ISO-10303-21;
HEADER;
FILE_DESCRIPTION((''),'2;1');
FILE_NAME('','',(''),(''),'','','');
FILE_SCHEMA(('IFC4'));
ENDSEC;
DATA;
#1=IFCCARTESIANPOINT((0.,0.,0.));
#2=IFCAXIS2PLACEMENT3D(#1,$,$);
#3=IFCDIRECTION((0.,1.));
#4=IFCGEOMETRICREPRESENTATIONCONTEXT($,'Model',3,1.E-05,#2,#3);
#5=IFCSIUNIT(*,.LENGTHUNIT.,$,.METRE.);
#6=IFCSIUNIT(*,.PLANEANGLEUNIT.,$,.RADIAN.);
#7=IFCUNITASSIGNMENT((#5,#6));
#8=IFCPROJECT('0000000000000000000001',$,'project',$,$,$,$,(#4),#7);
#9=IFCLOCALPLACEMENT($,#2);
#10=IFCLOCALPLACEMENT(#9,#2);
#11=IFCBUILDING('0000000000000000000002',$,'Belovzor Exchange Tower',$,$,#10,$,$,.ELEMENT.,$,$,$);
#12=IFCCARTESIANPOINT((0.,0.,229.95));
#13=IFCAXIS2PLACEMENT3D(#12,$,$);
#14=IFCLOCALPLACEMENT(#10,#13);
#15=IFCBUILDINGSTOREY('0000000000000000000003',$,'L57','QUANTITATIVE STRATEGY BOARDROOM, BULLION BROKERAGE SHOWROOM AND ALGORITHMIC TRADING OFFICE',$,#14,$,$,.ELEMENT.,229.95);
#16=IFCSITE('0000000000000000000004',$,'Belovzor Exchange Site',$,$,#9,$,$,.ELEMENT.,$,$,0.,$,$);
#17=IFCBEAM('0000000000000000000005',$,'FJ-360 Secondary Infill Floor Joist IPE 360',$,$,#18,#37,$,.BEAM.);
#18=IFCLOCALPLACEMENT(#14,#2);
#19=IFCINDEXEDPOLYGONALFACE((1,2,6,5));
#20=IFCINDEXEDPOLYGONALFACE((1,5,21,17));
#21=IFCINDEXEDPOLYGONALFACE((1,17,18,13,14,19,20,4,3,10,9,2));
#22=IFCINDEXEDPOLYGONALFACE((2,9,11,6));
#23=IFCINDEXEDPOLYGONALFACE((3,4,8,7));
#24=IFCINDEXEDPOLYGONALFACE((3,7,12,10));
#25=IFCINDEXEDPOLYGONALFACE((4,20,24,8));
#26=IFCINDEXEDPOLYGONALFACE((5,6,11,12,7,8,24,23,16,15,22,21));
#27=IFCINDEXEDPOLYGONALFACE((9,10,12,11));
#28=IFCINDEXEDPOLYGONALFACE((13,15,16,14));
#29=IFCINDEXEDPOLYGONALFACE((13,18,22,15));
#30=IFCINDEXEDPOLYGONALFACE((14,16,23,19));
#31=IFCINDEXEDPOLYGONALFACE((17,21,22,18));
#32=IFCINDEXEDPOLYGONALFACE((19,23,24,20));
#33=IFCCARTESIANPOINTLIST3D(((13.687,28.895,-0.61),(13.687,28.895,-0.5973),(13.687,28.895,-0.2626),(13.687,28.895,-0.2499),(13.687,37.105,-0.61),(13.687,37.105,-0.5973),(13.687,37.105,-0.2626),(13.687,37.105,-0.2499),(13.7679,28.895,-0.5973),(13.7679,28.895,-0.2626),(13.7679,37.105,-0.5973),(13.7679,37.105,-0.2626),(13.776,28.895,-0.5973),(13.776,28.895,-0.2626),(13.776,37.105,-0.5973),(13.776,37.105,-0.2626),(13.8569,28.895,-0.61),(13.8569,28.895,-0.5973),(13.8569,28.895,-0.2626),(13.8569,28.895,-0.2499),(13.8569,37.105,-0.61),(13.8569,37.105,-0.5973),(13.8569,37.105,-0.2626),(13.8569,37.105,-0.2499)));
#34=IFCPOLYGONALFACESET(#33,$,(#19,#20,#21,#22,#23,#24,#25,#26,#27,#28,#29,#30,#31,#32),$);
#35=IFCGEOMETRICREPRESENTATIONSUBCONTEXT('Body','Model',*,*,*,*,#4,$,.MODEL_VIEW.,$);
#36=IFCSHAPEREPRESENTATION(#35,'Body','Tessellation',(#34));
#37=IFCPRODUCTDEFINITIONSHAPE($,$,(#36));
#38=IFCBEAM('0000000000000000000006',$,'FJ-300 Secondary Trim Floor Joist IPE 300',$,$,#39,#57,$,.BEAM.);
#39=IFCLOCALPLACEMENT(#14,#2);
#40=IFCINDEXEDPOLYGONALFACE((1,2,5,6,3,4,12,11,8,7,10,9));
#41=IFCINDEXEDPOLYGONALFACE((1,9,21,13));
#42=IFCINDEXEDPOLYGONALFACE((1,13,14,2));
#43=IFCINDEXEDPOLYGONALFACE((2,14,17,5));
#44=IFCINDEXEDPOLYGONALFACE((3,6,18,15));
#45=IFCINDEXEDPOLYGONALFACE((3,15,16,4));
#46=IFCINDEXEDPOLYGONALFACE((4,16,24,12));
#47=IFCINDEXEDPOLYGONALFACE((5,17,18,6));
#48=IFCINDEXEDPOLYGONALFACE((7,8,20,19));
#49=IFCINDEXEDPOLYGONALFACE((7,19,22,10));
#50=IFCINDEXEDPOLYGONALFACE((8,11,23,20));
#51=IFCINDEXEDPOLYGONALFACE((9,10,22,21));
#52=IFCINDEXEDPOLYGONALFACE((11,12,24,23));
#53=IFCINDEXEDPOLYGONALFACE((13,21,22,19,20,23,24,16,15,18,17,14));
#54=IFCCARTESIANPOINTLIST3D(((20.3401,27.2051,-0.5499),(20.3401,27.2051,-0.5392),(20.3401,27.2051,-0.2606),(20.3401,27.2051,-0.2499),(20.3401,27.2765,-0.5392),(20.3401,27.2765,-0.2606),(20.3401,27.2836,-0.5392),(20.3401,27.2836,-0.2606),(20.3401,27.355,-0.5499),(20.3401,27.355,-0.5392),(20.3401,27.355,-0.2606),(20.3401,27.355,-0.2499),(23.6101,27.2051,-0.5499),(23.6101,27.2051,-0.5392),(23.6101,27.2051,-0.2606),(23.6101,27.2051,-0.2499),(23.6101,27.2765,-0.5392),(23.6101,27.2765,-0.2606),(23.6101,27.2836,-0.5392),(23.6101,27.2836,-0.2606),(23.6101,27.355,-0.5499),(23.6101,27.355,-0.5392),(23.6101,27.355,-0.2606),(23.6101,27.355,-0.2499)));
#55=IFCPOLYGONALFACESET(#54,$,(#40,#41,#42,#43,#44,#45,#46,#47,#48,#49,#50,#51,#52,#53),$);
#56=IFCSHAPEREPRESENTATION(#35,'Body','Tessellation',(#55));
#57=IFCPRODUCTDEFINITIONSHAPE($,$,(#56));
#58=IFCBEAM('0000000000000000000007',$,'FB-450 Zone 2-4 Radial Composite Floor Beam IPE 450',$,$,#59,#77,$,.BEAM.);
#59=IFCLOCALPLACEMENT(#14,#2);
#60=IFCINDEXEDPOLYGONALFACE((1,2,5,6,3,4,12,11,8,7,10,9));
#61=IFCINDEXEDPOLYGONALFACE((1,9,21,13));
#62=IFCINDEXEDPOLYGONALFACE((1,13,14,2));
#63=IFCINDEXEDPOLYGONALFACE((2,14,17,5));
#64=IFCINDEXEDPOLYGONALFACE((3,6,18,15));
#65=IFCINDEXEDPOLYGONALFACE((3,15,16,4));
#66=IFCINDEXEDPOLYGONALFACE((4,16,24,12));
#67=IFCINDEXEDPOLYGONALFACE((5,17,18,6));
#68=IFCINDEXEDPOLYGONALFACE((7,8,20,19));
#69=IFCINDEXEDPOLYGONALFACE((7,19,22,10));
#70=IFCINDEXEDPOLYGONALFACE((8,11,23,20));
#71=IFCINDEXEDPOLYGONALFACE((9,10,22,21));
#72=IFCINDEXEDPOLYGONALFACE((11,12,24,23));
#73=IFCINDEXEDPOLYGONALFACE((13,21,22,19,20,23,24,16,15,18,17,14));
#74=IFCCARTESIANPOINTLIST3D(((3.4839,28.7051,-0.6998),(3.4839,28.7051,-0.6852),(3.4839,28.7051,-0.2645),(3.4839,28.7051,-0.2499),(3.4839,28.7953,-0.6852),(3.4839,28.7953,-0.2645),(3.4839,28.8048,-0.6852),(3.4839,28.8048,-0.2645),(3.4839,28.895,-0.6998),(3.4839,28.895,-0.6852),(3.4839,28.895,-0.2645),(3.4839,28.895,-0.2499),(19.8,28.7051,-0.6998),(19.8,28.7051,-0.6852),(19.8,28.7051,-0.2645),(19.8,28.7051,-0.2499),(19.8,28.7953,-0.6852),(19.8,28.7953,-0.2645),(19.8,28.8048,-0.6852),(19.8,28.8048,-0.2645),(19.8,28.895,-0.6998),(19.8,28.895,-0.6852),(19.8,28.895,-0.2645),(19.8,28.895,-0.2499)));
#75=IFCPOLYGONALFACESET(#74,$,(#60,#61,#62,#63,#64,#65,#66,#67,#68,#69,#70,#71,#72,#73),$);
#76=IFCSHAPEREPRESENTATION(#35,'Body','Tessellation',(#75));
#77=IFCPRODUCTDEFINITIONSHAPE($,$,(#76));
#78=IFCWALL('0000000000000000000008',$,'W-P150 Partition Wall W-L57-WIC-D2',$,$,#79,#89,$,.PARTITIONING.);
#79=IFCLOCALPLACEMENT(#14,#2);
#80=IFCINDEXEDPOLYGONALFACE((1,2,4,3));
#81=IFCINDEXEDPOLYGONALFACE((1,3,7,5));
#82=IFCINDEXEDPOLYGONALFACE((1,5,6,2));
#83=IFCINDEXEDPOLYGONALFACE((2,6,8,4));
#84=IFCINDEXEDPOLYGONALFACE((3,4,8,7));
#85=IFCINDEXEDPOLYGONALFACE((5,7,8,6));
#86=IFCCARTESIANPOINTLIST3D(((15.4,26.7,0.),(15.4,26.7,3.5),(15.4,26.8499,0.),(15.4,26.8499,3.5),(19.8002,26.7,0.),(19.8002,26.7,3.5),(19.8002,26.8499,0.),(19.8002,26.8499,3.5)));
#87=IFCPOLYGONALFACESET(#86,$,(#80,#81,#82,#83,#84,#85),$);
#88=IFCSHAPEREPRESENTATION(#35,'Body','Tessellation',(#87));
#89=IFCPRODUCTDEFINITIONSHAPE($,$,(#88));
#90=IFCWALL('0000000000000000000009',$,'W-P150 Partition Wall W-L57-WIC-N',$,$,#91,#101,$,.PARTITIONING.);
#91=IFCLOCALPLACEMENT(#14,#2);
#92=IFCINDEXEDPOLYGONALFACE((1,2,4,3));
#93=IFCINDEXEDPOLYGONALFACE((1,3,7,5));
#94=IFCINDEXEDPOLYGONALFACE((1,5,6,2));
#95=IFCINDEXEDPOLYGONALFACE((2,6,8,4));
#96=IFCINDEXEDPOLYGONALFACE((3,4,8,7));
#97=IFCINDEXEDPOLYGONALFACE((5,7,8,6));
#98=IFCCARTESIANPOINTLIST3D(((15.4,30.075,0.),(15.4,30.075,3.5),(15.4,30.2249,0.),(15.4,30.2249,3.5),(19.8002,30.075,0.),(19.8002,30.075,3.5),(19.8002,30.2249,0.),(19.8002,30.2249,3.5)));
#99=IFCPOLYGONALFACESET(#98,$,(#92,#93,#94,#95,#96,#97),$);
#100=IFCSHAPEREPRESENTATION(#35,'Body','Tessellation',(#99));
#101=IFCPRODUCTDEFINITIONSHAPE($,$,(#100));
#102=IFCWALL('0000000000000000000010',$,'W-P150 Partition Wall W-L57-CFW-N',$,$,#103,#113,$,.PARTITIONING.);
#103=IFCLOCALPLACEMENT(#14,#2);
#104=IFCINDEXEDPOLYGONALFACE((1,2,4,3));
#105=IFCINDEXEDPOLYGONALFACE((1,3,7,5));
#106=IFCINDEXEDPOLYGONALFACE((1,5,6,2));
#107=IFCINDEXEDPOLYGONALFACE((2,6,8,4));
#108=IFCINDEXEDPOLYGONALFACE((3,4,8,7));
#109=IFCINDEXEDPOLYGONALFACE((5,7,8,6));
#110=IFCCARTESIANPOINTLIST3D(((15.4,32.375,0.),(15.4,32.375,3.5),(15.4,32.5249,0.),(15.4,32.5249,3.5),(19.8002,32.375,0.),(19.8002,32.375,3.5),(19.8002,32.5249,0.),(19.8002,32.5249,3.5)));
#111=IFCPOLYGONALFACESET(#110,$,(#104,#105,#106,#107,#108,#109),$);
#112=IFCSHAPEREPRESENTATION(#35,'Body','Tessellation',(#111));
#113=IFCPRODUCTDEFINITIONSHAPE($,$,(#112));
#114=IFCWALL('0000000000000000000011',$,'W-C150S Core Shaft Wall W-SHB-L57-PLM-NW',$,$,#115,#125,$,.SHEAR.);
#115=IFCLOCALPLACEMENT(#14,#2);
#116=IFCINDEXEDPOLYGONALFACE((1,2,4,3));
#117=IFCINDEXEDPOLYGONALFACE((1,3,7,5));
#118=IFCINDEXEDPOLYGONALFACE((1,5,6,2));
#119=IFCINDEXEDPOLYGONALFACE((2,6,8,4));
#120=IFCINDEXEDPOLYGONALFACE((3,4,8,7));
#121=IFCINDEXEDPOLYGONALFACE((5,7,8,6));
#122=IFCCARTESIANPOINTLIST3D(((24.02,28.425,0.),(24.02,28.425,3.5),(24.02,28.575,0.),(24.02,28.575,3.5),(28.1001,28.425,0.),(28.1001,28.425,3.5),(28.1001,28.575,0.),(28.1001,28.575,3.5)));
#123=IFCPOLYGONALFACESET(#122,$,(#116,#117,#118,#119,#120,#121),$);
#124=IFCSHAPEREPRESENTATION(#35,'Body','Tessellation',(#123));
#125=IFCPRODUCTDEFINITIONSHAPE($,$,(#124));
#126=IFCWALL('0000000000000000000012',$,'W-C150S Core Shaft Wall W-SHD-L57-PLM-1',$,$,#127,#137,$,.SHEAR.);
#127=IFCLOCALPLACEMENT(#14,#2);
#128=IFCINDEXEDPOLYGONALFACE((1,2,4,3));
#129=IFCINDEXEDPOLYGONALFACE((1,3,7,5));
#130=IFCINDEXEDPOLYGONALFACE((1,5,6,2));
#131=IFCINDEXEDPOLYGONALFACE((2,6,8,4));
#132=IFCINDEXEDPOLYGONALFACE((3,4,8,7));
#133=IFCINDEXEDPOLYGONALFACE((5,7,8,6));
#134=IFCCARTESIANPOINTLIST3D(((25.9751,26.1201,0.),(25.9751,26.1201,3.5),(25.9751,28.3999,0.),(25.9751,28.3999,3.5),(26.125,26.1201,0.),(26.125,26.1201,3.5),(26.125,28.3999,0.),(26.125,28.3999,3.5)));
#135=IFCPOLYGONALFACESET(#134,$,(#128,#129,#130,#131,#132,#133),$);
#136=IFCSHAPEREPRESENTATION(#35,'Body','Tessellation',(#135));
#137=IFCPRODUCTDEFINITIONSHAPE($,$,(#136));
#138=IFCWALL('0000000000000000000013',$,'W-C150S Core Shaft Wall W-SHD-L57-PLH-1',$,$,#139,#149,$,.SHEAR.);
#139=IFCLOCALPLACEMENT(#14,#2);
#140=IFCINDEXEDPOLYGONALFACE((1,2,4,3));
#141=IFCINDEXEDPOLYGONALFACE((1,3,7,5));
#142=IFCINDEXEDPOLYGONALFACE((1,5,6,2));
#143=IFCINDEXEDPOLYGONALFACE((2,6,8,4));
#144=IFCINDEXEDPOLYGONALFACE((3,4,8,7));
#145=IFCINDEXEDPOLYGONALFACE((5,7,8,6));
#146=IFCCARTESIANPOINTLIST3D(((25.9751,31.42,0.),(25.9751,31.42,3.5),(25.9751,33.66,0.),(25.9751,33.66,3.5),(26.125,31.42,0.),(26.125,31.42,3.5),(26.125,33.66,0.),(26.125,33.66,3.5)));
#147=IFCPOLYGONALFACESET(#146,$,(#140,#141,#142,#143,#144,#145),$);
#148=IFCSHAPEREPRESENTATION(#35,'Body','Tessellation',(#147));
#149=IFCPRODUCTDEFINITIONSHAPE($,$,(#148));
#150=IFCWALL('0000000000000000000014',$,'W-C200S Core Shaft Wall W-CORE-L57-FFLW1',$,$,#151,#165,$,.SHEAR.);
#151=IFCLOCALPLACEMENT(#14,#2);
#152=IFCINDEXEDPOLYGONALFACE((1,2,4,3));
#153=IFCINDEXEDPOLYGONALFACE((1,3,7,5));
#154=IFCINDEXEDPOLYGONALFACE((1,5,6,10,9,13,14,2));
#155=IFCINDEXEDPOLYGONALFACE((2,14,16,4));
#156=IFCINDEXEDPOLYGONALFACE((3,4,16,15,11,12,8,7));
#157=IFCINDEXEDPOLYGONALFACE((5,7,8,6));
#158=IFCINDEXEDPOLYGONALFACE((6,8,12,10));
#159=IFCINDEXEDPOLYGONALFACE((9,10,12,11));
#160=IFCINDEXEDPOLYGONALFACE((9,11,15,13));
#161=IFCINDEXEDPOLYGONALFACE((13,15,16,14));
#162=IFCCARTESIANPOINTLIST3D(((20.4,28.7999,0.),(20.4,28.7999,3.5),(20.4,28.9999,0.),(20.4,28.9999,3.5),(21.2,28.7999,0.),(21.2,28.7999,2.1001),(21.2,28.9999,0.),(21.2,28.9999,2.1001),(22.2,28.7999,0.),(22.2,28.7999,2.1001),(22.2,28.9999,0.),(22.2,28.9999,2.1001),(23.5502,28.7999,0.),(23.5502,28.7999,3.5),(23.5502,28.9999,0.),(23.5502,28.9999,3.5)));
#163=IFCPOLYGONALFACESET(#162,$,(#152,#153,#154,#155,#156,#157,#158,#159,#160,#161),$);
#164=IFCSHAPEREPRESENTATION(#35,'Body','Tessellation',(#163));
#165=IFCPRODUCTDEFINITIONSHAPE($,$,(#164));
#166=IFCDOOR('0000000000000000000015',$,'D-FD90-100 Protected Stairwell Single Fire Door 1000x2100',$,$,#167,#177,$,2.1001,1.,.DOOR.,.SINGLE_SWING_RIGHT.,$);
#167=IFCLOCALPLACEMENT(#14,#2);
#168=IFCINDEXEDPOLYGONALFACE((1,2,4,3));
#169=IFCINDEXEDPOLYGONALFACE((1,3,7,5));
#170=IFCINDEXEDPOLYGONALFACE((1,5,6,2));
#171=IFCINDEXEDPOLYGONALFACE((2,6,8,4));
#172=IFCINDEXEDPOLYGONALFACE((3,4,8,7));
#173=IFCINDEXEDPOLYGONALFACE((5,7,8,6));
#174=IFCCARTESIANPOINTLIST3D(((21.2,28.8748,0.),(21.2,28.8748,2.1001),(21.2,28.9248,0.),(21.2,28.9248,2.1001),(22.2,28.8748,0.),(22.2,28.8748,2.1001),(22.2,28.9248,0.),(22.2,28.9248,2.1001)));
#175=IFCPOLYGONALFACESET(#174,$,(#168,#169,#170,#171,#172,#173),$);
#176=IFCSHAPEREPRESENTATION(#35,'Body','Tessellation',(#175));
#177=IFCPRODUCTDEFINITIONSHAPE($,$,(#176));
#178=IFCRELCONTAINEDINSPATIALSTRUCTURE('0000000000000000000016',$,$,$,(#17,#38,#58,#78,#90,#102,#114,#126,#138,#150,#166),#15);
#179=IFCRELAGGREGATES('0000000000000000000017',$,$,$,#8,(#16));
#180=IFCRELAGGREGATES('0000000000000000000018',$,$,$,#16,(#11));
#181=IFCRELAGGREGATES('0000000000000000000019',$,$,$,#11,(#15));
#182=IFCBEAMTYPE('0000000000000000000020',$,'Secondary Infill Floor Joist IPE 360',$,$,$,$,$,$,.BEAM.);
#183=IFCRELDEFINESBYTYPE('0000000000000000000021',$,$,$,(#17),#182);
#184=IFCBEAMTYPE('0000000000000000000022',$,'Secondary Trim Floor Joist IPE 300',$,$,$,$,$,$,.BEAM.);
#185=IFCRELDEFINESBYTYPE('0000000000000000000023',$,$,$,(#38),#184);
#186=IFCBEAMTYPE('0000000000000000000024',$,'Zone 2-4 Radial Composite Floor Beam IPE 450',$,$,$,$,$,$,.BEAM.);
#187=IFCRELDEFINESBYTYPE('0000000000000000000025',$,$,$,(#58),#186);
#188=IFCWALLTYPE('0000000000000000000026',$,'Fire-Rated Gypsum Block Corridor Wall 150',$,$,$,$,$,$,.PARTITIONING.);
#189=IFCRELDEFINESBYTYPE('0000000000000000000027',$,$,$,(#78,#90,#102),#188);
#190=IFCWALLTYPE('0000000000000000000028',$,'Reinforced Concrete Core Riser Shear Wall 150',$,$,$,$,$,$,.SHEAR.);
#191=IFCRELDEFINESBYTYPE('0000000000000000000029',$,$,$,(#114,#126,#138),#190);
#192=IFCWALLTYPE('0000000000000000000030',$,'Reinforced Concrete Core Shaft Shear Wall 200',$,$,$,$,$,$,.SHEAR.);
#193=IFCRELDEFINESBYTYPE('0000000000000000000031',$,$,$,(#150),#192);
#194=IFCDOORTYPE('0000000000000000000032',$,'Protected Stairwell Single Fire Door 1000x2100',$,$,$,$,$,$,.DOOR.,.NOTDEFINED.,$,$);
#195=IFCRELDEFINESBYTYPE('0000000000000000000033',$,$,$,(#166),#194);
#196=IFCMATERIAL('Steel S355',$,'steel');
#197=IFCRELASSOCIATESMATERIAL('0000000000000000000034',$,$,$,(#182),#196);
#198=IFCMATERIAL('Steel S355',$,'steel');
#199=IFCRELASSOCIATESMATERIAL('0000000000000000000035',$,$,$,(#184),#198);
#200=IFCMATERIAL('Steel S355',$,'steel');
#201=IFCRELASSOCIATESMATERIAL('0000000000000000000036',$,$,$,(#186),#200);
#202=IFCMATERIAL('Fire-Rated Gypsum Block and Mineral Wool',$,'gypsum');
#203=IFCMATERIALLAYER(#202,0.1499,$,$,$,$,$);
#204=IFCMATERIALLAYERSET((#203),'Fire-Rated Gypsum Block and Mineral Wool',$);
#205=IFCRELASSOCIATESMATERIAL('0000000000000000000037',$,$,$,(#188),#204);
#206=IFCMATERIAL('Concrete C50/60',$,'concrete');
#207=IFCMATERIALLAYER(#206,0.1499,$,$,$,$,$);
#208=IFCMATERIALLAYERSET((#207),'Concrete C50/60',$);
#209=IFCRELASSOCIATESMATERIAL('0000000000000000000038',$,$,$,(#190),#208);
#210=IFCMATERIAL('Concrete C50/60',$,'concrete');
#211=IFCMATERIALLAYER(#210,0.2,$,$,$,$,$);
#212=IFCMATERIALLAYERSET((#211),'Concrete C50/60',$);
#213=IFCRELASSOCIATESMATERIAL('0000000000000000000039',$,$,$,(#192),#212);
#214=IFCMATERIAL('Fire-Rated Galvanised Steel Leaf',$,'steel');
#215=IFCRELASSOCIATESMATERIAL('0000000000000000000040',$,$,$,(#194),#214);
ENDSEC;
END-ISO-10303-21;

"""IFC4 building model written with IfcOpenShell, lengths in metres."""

from ifc_helpers import new_model, si_unit, direction, frame, frame_2d, origin, origin_2d, place, context, subcontext, project, spatial, rectangle, i_section, extrude, material, layer, layer_set, material_profile, profile_set, type_object, element, fill, save


model = new_model("IFC4")

# Units and contexts
model_context = context("Model", 3, precision=1e-05, world=origin(), true_north=direction((0.0, 1.0)))
body_context = subcontext(model_context, "Body", "Model", "MODEL_VIEW")
ifc_project = project(units=[si_unit("LENGTHUNIT", "METRE"), si_unit("PLANEANGLEUNIT", "RADIAN")], contexts=[model_context])

# Site, building, storey
site_placement = place(None, origin())
site = spatial("IfcSite", under=ifc_project, at=site_placement, Name="Belovzor Exchange Site", CompositionType="ELEMENT", RefElevation=0.0)
building_placement = place(site_placement, origin())
building = spatial("IfcBuilding", under=site, at=building_placement, Name="Belovzor Exchange Tower", CompositionType="ELEMENT")
storey_placement = place(building_placement, frame((0.0, 0.0, 229.95)))
storey = spatial("IfcBuildingStorey", under=building, at=storey_placement, Name="L57", Description="QUANTITATIVE STRATEGY BOARDROOM, BULLION BROKERAGE SHOWROOM AND ALGORITHMIC TRADING OFFICE", CompositionType="ELEMENT", Elevation=229.95)

# Beams
ifc_material_1 = material(Name="Steel S355", Category="steel")
ifc_material_profile_1 = material_profile(ifc_material_1, i_section(OverallWidth=0.1699, OverallDepth=0.3601, WebThickness=0.0081, FlangeThickness=0.0127, at=origin_2d()))
ifc_profile_set_1 = profile_set([ifc_material_profile_1], Name="Steel S355")
beam_type_1 = type_object("IfcBeamType", Name="Secondary Infill Floor Joist IPE 360", PredefinedType="BEAM", material=ifc_profile_set_1)
beam_1_placement = place(storey_placement, frame((13.772, 28.895, -0.4299), z_axis=(0.0, 1.0, 0.0), x_axis=(-1.0, 0.0, 0.0)))
element("IfcBeam", 1, at=beam_1_placement, inside=storey, type_object=beam_type_1, Name="FJ-360 Secondary Infill Floor Joist IPE 360", PredefinedType="BEAM", context=body_context, shape_type="SweptSolid", body=[
    extrude(i_section(OverallWidth=0.1699, OverallDepth=0.3601, WebThickness=0.0081, FlangeThickness=0.0127, at=origin_2d()), origin(), (0.0, 0.0, 1.0), 8.21),
])
ifc_material_2 = material(Name="Steel S355", Category="steel")
ifc_material_profile_2 = material_profile(ifc_material_2, i_section(OverallWidth=0.1499, OverallDepth=0.3, WebThickness=0.0071, FlangeThickness=0.0107, at=origin_2d()))
ifc_profile_set_2 = profile_set([ifc_material_profile_2], Name="Steel S355")
beam_type_2 = type_object("IfcBeamType", Name="Secondary Trim Floor Joist IPE 300", PredefinedType="BEAM", material=ifc_profile_set_2)
beam_2_placement = place(storey_placement, frame((20.3401, 27.28, -0.3999), z_axis=(1.0, 0.0, 0.0), x_axis=(0.0, 1.0, 0.0)))
element("IfcBeam", 2, at=beam_2_placement, inside=storey, type_object=beam_type_2, Name="FJ-300 Secondary Trim Floor Joist IPE 300", PredefinedType="BEAM", context=body_context, shape_type="SweptSolid", body=[
    extrude(i_section(OverallWidth=0.1499, OverallDepth=0.3, WebThickness=0.0071, FlangeThickness=0.0107, at=origin_2d()), origin(), (0.0, 0.0, 1.0), 3.27),
])
ifc_material_3 = material(Name="Steel S355", Category="steel")
ifc_material_profile_3 = material_profile(ifc_material_3, i_section(OverallWidth=0.1899, OverallDepth=0.45, WebThickness=0.0095, FlangeThickness=0.0146, at=origin_2d()))
ifc_profile_set_3 = profile_set([ifc_material_profile_3], Name="Steel S355")
beam_type_3 = type_object("IfcBeamType", Name="Zone 2-4 Radial Composite Floor Beam IPE 450", PredefinedType="BEAM", material=ifc_profile_set_3)
beam_3_placement = place(storey_placement, frame((19.8, 28.8, -0.4749), z_axis=(-1.0, 0.0, 0.0), x_axis=(0.0, -1.0, 0.0)))
element("IfcBeam", 3, at=beam_3_placement, inside=storey, type_object=beam_type_3, Name="FB-450 Zone 2-4 Radial Composite Floor Beam IPE 450", PredefinedType="BEAM", context=body_context, shape_type="SweptSolid", body=[
    extrude(i_section(OverallWidth=0.1899, OverallDepth=0.45, WebThickness=0.0095, FlangeThickness=0.0146, at=origin_2d()), origin(), (0.0, 0.0, 1.0), 16.3162),
])

# Walls
ifc_material_4 = material(Name="Fire-Rated Gypsum Block and Mineral Wool", Category="gypsum")
ifc_layer_1 = layer(ifc_material_4, 0.1499)
ifc_layer_set_1 = layer_set([ifc_layer_1], Name="Fire-Rated Gypsum Block and Mineral Wool")
wall_type_1 = type_object("IfcWallType", Name="Fire-Rated Gypsum Block Corridor Wall 150", PredefinedType="PARTITIONING", material=ifc_layer_set_1)
for number, where, z_axis, x_axis, name in (
    (4, (15.3999, 26.7749, 0.0), (0.0, 0.0, 1.0), (1.0, 0.0, 0.0), "W-P150 Partition Wall W-L57-WIC-D2"),
    (5, (15.3999, 30.1499, 0.0), (0.0, 0.0, 1.0), (1.0, 0.0, 0.0), "W-P150 Partition Wall W-L57-WIC-N"),
    (6, (15.3999, 32.45, 0.0), (0.0, 0.0, 1.0), (1.0, 0.0, 0.0), "W-P150 Partition Wall W-L57-CFW-N"),
):
    element("IfcWall", number, at=place(storey_placement, frame(where, z_axis=z_axis, x_axis=x_axis)), inside=storey, type_object=wall_type_1, Name=name, PredefinedType="PARTITIONING", context=body_context, shape_type="SweptSolid", body=[
        extrude(rectangle(XDim=4.4001, YDim=0.1499, at=frame_2d((2.2002, 0.0))), origin(), (0.0, 0.0, 1.0), 3.5),
    ])
ifc_material_5 = material(Name="Concrete C50/60", Category="concrete")
ifc_layer_2 = layer(ifc_material_5, 0.1499)
ifc_layer_set_2 = layer_set([ifc_layer_2], Name="Concrete C50/60")
wall_type_2 = type_object("IfcWallType", Name="Reinforced Concrete Core Riser Shear Wall 150", PredefinedType="SHEAR", material=ifc_layer_set_2)
wall_1_placement = place(storey_placement, frame((24.02, 28.5, 0.0), z_axis=(0.0, 0.0, 1.0), x_axis=(1.0, 0.0, 0.0)))
element("IfcWall", 7, at=wall_1_placement, inside=storey, type_object=wall_type_2, Name="W-C150S Core Shaft Wall W-SHB-L57-PLM-NW", PredefinedType="SHEAR", context=body_context, shape_type="SweptSolid", body=[
    extrude(rectangle(XDim=4.0801, YDim=0.1499, at=frame_2d((2.04, 0.0))), origin(), (0.0, 0.0, 1.0), 3.5),
])
wall_2_placement = place(storey_placement, frame((26.05, 26.1201, 0.0), z_axis=(0.0, 0.0, 1.0), x_axis=(0.0, 1.0, 0.0)))
element("IfcWall", 8, at=wall_2_placement, inside=storey, type_object=wall_type_2, Name="W-C150S Core Shaft Wall W-SHD-L57-PLM-1", PredefinedType="SHEAR", context=body_context, shape_type="SweptSolid", body=[
    extrude(rectangle(XDim=2.2798, YDim=0.1499, at=frame_2d((1.1399, 0.0))), origin(), (0.0, 0.0, 1.0), 3.5),
])
wall_3_placement = place(storey_placement, frame((26.05, 31.4199, 0.0), z_axis=(0.0, 0.0, 1.0), x_axis=(0.0, 1.0, 0.0)))
element("IfcWall", 9, at=wall_3_placement, inside=storey, type_object=wall_type_2, Name="W-C150S Core Shaft Wall W-SHD-L57-PLH-1", PredefinedType="SHEAR", context=body_context, shape_type="SweptSolid", body=[
    extrude(rectangle(XDim=2.24, YDim=0.1499, at=frame_2d((1.1201, 0.0))), origin(), (0.0, 0.0, 1.0), 3.5),
])

# Wall, opening, door
ifc_material_6 = material(Name="Concrete C50/60", Category="concrete")
ifc_layer_3 = layer(ifc_material_6, 0.2)
ifc_layer_set_3 = layer_set([ifc_layer_3], Name="Concrete C50/60")
wall_type_3 = type_object("IfcWallType", Name="Reinforced Concrete Core Shaft Shear Wall 200", PredefinedType="SHEAR", material=ifc_layer_set_3)
wall_4_placement = place(storey_placement, frame((20.3999, 28.8999, 0.0), z_axis=(0.0, 0.0, 1.0), x_axis=(1.0, 0.0, 0.0)))
wall_4 = element("IfcWall", 10, at=wall_4_placement, inside=storey, type_object=wall_type_3, Name="W-C200S Core Shaft Wall W-CORE-L57-FFLW1", PredefinedType="SHEAR", context=body_context, shape_type="SweptSolid", body=[
    extrude(rectangle(XDim=3.1501, YDim=0.2, at=frame_2d((1.5752, 0.0))), origin(), (0.0, 0.0, 1.0), 3.5),
])
opening_1_placement = place(wall_4_placement, frame((0.8, 0.0, 0.0)))
opening_1 = element("IfcOpeningElement", 11, at=opening_1_placement, cuts=wall_4, PredefinedType="OPENING", context=body_context, shape_type="SweptSolid", body=[
    extrude(rectangle(XDim=1.0, YDim=2.1001, at=frame_2d((0.5, 1.05))), frame((0.0, 0.1099, 0.0), z_axis=(0.0, -1.0, 0.0), x_axis=(1.0, 0.0, 0.0)), (0.0, 0.0, 1.0), 0.22),
])
ifc_material_7 = material(Name="Fire-Rated Galvanised Steel Leaf", Category="steel")
door_type_1 = type_object("IfcDoorType", Name="Protected Stairwell Single Fire Door 1000x2100", OperationType="NOTDEFINED", PredefinedType="DOOR", material=ifc_material_7)
door_1_placement = place(opening_1_placement, origin())
door_1 = element("IfcDoor", 12, at=door_1_placement, inside=storey, type_object=door_type_1, Name="D-FD90-100 Protected Stairwell Single Fire Door 1000x2100", OperationType="SINGLE_SWING_RIGHT", OverallHeight=2.1001, OverallWidth=1.0, PredefinedType="DOOR", context=body_context, shape_type="SweptSolid", body=[
    extrude(rectangle(XDim=1.0, YDim=2.1001, at=frame_2d((0.5, 1.05))), frame((0.0, 0.0249, 0.0), z_axis=(0.0, -1.0, 0.0), x_axis=(1.0, 0.0, 0.0)), (0.0, 0.0, 1.0), 0.05),
])
fill(opening_1, door_1)

save(model, "model.ifc")
